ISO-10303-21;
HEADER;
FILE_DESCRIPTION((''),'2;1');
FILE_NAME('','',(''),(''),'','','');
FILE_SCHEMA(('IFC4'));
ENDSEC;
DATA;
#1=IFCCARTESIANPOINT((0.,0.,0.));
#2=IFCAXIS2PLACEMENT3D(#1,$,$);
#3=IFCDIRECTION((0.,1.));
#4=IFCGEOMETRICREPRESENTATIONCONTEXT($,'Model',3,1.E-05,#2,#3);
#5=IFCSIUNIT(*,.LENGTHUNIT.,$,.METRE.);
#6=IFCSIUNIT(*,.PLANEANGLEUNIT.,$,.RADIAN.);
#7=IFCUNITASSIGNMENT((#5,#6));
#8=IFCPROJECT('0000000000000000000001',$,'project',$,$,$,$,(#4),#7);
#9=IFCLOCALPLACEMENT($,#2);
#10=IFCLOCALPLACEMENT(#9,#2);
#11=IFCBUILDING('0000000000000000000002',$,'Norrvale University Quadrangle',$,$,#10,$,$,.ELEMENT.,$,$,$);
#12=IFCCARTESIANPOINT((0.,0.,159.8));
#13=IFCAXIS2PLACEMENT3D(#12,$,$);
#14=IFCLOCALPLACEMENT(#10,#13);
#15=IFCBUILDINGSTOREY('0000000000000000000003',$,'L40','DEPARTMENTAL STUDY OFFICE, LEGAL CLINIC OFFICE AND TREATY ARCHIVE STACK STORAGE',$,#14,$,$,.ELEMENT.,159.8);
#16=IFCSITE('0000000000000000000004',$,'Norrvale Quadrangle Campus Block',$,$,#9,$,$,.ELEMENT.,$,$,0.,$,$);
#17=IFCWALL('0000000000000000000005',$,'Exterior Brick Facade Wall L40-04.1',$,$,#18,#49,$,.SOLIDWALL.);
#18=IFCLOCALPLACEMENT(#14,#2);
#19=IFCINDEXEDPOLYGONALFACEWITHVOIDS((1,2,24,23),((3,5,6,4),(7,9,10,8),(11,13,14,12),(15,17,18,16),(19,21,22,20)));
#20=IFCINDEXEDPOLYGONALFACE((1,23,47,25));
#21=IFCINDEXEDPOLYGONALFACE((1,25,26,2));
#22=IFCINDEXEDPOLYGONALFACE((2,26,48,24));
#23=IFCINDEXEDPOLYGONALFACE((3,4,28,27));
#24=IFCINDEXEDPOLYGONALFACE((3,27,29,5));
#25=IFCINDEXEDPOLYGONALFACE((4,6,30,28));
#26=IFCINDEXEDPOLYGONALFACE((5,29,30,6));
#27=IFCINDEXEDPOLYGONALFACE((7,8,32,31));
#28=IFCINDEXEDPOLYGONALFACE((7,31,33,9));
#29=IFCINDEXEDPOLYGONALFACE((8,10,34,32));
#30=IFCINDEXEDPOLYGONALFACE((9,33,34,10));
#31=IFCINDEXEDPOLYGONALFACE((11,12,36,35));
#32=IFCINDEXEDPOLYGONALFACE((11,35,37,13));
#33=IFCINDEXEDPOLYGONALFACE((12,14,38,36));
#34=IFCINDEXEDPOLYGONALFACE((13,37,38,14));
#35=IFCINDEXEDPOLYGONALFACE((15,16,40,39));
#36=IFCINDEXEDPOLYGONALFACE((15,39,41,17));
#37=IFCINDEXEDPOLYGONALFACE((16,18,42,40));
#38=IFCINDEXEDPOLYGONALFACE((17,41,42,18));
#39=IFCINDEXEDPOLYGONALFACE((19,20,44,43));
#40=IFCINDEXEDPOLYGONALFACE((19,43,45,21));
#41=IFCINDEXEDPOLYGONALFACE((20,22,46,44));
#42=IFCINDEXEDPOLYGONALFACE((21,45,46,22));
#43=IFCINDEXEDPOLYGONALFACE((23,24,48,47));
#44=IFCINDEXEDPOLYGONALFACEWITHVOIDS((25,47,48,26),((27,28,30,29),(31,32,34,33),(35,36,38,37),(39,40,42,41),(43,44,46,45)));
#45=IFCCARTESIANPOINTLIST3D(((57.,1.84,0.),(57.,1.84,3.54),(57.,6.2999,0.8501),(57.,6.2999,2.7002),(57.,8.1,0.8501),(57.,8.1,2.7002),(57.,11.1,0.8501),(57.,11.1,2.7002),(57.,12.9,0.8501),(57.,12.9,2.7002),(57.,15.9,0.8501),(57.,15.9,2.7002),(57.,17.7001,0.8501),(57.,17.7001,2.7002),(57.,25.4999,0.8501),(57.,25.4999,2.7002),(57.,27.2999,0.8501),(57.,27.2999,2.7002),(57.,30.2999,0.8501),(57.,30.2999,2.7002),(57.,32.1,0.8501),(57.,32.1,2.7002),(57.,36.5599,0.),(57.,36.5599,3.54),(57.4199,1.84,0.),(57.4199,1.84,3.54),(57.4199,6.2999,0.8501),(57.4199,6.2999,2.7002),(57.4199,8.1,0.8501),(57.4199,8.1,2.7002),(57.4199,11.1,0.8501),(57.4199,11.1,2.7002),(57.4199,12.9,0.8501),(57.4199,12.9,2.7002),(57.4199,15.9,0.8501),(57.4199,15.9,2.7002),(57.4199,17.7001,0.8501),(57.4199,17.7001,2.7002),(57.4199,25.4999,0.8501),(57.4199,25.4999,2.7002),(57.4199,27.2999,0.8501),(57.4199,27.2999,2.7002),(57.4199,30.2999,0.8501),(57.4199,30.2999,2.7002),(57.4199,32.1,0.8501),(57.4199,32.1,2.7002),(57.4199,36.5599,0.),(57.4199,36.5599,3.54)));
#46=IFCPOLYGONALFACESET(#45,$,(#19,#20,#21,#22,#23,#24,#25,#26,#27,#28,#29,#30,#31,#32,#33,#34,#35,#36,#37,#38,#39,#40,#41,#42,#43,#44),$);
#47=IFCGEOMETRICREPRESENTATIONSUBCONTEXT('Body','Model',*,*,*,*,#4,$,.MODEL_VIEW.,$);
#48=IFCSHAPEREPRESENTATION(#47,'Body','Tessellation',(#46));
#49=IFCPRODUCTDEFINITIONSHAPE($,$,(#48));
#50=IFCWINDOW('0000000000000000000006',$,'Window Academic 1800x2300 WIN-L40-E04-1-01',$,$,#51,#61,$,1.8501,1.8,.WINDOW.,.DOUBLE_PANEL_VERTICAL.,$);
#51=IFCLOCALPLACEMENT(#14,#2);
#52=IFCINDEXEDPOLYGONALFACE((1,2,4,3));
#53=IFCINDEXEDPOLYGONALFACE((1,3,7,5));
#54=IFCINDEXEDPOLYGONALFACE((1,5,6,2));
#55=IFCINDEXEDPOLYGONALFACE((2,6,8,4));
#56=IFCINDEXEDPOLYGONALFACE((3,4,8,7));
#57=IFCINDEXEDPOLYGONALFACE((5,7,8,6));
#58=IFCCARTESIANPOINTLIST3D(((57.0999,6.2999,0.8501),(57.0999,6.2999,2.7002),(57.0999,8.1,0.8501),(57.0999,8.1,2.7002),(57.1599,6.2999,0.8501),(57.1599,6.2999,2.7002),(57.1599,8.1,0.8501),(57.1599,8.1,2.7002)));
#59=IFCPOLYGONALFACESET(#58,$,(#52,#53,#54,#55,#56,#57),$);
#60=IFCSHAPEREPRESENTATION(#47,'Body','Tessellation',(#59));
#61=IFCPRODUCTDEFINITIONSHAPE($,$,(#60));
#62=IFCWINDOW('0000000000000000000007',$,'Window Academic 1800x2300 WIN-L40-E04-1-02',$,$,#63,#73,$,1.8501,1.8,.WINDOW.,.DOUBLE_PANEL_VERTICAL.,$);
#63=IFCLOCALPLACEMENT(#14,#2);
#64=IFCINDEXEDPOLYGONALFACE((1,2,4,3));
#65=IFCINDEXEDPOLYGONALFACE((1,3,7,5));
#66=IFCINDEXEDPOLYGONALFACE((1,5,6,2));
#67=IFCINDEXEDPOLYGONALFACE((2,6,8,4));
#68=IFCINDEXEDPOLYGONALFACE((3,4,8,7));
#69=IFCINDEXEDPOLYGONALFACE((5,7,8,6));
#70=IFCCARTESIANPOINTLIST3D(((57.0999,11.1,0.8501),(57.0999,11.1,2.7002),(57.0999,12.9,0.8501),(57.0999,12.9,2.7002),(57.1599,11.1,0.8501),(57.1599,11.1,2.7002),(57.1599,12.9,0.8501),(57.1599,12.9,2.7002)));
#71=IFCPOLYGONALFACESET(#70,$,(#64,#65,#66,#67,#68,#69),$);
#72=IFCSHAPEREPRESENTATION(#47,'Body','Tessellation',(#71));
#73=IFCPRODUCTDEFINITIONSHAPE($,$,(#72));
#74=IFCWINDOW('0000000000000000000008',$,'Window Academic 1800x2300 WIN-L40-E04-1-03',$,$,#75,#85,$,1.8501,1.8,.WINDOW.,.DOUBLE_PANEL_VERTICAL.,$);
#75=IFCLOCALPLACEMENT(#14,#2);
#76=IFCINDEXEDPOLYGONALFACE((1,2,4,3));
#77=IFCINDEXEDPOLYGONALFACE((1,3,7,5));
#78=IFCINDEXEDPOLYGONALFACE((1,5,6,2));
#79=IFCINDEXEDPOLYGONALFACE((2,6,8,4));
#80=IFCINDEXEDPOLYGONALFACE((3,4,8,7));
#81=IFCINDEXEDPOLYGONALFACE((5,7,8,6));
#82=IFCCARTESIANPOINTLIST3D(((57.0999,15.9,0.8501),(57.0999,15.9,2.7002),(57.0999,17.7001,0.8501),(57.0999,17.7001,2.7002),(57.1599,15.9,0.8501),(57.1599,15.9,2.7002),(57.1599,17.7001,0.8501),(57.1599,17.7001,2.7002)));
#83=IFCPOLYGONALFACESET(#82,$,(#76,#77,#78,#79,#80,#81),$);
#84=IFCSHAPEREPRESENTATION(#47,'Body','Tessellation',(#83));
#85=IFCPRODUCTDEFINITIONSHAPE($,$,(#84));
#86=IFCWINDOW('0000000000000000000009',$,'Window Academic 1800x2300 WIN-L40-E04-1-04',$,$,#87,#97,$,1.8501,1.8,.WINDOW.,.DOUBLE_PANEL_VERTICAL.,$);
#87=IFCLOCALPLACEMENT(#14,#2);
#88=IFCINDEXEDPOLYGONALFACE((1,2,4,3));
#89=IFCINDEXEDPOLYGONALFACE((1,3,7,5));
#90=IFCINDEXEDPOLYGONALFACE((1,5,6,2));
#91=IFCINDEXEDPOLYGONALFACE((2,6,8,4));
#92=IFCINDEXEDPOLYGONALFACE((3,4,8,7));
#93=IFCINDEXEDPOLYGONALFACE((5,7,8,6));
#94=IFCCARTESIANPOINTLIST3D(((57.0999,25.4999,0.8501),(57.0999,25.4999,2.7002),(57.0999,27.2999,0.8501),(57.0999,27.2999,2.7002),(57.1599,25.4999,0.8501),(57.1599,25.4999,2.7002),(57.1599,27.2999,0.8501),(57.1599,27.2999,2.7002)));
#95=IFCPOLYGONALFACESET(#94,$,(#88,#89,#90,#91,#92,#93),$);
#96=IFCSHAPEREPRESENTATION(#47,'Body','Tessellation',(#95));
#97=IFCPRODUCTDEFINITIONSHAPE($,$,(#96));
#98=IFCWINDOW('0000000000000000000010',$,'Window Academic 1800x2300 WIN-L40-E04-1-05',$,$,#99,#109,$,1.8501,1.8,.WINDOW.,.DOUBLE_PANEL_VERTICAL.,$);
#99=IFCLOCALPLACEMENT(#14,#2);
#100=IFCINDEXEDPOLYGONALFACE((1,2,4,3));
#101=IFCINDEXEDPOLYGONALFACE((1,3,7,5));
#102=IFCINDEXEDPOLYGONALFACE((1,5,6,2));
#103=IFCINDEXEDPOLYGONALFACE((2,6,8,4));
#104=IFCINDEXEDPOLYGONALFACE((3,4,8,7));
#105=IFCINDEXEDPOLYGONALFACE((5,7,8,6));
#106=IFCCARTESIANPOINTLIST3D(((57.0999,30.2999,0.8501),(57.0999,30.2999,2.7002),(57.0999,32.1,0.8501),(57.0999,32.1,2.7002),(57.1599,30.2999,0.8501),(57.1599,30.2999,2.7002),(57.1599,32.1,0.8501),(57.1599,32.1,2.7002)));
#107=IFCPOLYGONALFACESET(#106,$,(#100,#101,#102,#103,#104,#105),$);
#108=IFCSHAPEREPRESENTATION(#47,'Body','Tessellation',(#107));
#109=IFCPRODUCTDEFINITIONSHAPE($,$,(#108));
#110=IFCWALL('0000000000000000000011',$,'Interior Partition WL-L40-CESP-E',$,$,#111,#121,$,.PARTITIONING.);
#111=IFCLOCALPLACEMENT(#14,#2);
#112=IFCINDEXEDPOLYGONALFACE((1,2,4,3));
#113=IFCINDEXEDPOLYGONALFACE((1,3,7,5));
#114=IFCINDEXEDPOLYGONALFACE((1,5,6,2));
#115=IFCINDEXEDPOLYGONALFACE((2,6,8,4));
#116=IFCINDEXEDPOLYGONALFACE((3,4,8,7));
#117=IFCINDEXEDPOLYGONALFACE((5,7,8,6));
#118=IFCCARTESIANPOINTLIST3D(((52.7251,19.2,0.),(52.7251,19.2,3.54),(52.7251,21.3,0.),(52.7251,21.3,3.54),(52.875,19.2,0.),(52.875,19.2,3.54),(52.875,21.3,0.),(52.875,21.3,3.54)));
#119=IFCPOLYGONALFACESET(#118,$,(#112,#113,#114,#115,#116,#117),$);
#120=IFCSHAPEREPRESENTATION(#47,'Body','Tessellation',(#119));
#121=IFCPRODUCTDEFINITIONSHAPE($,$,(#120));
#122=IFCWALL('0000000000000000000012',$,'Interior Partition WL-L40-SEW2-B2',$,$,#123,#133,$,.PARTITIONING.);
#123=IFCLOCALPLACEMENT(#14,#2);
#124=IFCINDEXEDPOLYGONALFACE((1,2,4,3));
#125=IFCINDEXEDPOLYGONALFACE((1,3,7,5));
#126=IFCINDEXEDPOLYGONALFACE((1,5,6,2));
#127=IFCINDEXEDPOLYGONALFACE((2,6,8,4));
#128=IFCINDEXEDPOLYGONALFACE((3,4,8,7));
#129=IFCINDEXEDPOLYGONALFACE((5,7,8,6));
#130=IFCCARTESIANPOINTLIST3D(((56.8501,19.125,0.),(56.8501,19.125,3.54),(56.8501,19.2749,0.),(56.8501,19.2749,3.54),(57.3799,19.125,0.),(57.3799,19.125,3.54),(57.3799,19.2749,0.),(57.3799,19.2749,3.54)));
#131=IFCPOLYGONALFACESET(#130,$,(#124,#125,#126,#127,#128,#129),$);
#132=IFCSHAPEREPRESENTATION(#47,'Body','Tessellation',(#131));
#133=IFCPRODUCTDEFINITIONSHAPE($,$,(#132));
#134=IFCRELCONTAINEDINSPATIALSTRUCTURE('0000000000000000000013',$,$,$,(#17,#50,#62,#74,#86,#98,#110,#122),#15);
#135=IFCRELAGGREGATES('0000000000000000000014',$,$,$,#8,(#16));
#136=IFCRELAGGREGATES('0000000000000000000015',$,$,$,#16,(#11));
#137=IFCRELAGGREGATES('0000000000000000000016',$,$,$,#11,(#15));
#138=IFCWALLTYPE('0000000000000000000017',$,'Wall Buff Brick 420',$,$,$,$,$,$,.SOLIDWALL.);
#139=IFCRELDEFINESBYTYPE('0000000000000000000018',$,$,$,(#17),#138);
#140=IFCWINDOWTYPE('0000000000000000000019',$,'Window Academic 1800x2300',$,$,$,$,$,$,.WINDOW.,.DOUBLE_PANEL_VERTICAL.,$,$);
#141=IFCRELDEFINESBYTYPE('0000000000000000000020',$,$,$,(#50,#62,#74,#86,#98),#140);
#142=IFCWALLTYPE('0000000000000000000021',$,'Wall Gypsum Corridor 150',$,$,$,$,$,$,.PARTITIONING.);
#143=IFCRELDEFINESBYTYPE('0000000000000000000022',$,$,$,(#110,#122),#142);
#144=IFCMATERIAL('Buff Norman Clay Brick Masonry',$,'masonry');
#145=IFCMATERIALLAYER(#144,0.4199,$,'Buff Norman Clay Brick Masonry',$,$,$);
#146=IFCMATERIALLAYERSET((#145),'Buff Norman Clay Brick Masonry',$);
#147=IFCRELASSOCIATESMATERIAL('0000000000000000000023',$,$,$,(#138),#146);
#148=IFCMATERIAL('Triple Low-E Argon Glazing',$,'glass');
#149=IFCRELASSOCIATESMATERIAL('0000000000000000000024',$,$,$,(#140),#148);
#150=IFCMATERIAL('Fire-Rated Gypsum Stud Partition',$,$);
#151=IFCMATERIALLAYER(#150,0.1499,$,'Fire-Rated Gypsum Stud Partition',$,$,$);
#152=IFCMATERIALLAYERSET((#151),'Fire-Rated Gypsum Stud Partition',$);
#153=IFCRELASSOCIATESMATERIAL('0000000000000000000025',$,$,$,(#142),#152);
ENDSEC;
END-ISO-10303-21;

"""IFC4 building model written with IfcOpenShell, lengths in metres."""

from ifc_helpers import new_model, si_unit, direction, frame, frame_2d, origin, place, context, subcontext, project, spatial, rectangle, extrude, material, layer, layer_set, type_object, element, fill, save


model = new_model("IFC4")

# Units and contexts
model_context = context("Model", 3, precision=1e-05, world=origin(), true_north=direction((0.0, 1.0)))
body_context = subcontext(model_context, "Body", "Model", "MODEL_VIEW")
ifc_project = project(units=[si_unit("LENGTHUNIT", "METRE"), si_unit("PLANEANGLEUNIT", "RADIAN")], contexts=[model_context])

# Site, building, storey
site_placement = place(None, origin())
site = spatial("IfcSite", under=ifc_project, at=site_placement, Name="Norrvale Quadrangle Campus Block", CompositionType="ELEMENT", RefElevation=0.0)
building_placement = place(site_placement, origin())
building = spatial("IfcBuilding", under=site, at=building_placement, Name="Norrvale University Quadrangle", CompositionType="ELEMENT")
storey_placement = place(building_placement, frame((0.0, 0.0, 159.8)))
storey = spatial("IfcBuildingStorey", under=building, at=storey_placement, Name="L40", Description="DEPARTMENTAL STUDY OFFICE, LEGAL CLINIC OFFICE AND TREATY ARCHIVE STACK STORAGE", CompositionType="ELEMENT", Elevation=159.8)

# Shared definitions
ifc_material_1 = material(Name="Buff Norman Clay Brick Masonry", Category="masonry")
ifc_layer_1 = layer(ifc_material_1, 0.4199, Name="Buff Norman Clay Brick Masonry")
ifc_layer_set_1 = layer_set([ifc_layer_1], Name="Buff Norman Clay Brick Masonry")
wall_type_1 = type_object("IfcWallType", Name="Wall Buff Brick 420", PredefinedType="SOLIDWALL", material=ifc_layer_set_1)

# Wall, openings, windows
wall_1_placement = place(storey_placement, frame((57.21, 1.8401, 0.0), z_axis=(0.0, 0.0, 1.0), x_axis=(0.0, 1.0, 0.0)))
wall_1 = element("IfcWall", 1, at=wall_1_placement, inside=storey, type_object=wall_type_1, Name="Exterior Brick Facade Wall L40-04.1", PredefinedType="SOLIDWALL", context=body_context, shape_type="SweptSolid", body=[
    extrude(rectangle(XDim=34.72, YDim=0.4199, at=frame_2d((17.3599, 0.0))), origin(), (0.0, 0.0, 1.0), 3.54),
])
opening_1_placement = place(wall_1_placement, frame((4.46, 0.0, 0.8501)))
opening_1 = element("IfcOpeningElement", 2, at=opening_1_placement, cuts=wall_1, PredefinedType="OPENING", context=body_context, shape_type="SweptSolid", body=[
    extrude(rectangle(XDim=1.8, YDim=1.8501, at=frame_2d((0.8999, 0.925))), frame((0.0, 0.2219, 0.0), z_axis=(0.0, -1.0, 0.0), x_axis=(1.0, 0.0, 0.0)), (0.0, 0.0, 1.0), 0.4438),
])
opening_2_placement = place(wall_1_placement, frame((9.26, 0.0, 0.8501)))
opening_2 = element("IfcOpeningElement", 3, at=opening_2_placement, cuts=wall_1, PredefinedType="OPENING", context=body_context, shape_type="SweptSolid", body=[
    extrude(rectangle(XDim=1.8, YDim=1.8501, at=frame_2d((0.8999, 0.925))), frame((0.0, 0.2219, 0.0), z_axis=(0.0, -1.0, 0.0), x_axis=(1.0, 0.0, 0.0)), (0.0, 0.0, 1.0), 0.4438),
])
opening_3_placement = place(wall_1_placement, frame((14.0601, 0.0, 0.8501)))
opening_3 = element("IfcOpeningElement", 4, at=opening_3_placement, cuts=wall_1, PredefinedType="OPENING", context=body_context, shape_type="SweptSolid", body=[
    extrude(rectangle(XDim=1.8, YDim=1.8501, at=frame_2d((0.8999, 0.925))), frame((0.0, 0.2219, 0.0), z_axis=(0.0, -1.0, 0.0), x_axis=(1.0, 0.0, 0.0)), (0.0, 0.0, 1.0), 0.4438),
])
opening_4_placement = place(wall_1_placement, frame((23.6599, 0.0, 0.8501)))
opening_4 = element("IfcOpeningElement", 5, at=opening_4_placement, cuts=wall_1, PredefinedType="OPENING", context=body_context, shape_type="SweptSolid", body=[
    extrude(rectangle(XDim=1.8, YDim=1.8501, at=frame_2d((0.8999, 0.925))), frame((0.0, 0.2219, 0.0), z_axis=(0.0, -1.0, 0.0), x_axis=(1.0, 0.0, 0.0)), (0.0, 0.0, 1.0), 0.4438),
])
opening_5_placement = place(wall_1_placement, frame((28.46, 0.0, 0.8501)))
opening_5 = element("IfcOpeningElement", 6, at=opening_5_placement, cuts=wall_1, PredefinedType="OPENING", context=body_context, shape_type="SweptSolid", body=[
    extrude(rectangle(XDim=1.8, YDim=1.8501, at=frame_2d((0.8999, 0.925))), frame((0.0, 0.2219, 0.0), z_axis=(0.0, -1.0, 0.0), x_axis=(1.0, 0.0, 0.0)), (0.0, 0.0, 1.0), 0.4438),
])
ifc_material_2 = material(Name="Triple Low-E Argon Glazing", Category="glass")
window_type = type_object("IfcWindowType", Name="Window Academic 1800x2300", PartitioningType="DOUBLE_PANEL_VERTICAL", PredefinedType="WINDOW", material=ifc_material_2)
window_1_placement = place(opening_1_placement, origin())
window_1 = element("IfcWindow", 7, at=window_1_placement, inside=storey, type_object=window_type, Name="Window Academic 1800x2300 WIN-L40-E04-1-01", OverallHeight=1.8501, OverallWidth=1.8, PartitioningType="DOUBLE_PANEL_VERTICAL", PredefinedType="WINDOW", context=body_context, shape_type="SweptSolid", body=[
    extrude(rectangle(XDim=1.8, YDim=1.8501, at=frame_2d((0.8999, 0.925))), frame((0.0, 0.1101, 0.0), z_axis=(0.0, -1.0, 0.0), x_axis=(1.0, 0.0, 0.0)), (0.0, 0.0, 1.0), 0.0601),
])
fill(opening_1, window_1)
window_2_placement = place(opening_2_placement, origin())
window_2 = element("IfcWindow", 8, at=window_2_placement, inside=storey, type_object=window_type, Name="Window Academic 1800x2300 WIN-L40-E04-1-02", OverallHeight=1.8501, OverallWidth=1.8, PartitioningType="DOUBLE_PANEL_VERTICAL", PredefinedType="WINDOW", context=body_context, shape_type="SweptSolid", body=[
    extrude(rectangle(XDim=1.8, YDim=1.8501, at=frame_2d((0.8999, 0.925))), frame((0.0, 0.1101, 0.0), z_axis=(0.0, -1.0, 0.0), x_axis=(1.0, 0.0, 0.0)), (0.0, 0.0, 1.0), 0.0601),
])
fill(opening_2, window_2)
window_3_placement = place(opening_3_placement, origin())
window_3 = element("IfcWindow", 9, at=window_3_placement, inside=storey, type_object=window_type, Name="Window Academic 1800x2300 WIN-L40-E04-1-03", OverallHeight=1.8501, OverallWidth=1.8, PartitioningType="DOUBLE_PANEL_VERTICAL", PredefinedType="WINDOW", context=body_context, shape_type="SweptSolid", body=[
    extrude(rectangle(XDim=1.8, YDim=1.8501, at=frame_2d((0.8999, 0.925))), frame((0.0, 0.1101, 0.0), z_axis=(0.0, -1.0, 0.0), x_axis=(1.0, 0.0, 0.0)), (0.0, 0.0, 1.0), 0.0601),
])
fill(opening_3, window_3)
window_4_placement = place(opening_4_placement, origin())
window_4 = element("IfcWindow", 10, at=window_4_placement, inside=storey, type_object=window_type, Name="Window Academic 1800x2300 WIN-L40-E04-1-04", OverallHeight=1.8501, OverallWidth=1.8, PartitioningType="DOUBLE_PANEL_VERTICAL", PredefinedType="WINDOW", context=body_context, shape_type="SweptSolid", body=[
    extrude(rectangle(XDim=1.8, YDim=1.8501, at=frame_2d((0.8999, 0.925))), frame((0.0, 0.1101, 0.0), z_axis=(0.0, -1.0, 0.0), x_axis=(1.0, 0.0, 0.0)), (0.0, 0.0, 1.0), 0.0601),
])
fill(opening_4, window_4)
window_5_placement = place(opening_5_placement, origin())
window_5 = element("IfcWindow", 11, at=window_5_placement, inside=storey, type_object=window_type, Name="Window Academic 1800x2300 WIN-L40-E04-1-05", OverallHeight=1.8501, OverallWidth=1.8, PartitioningType="DOUBLE_PANEL_VERTICAL", PredefinedType="WINDOW", context=body_context, shape_type="SweptSolid", body=[
    extrude(rectangle(XDim=1.8, YDim=1.8501, at=frame_2d((0.8999, 0.925))), frame((0.0, 0.1101, 0.0), z_axis=(0.0, -1.0, 0.0), x_axis=(1.0, 0.0, 0.0)), (0.0, 0.0, 1.0), 0.0601),
])
fill(opening_5, window_5)

# Walls
ifc_material_3 = material(Name="Fire-Rated Gypsum Stud Partition")
ifc_layer_2 = layer(ifc_material_3, 0.1499, Name="Fire-Rated Gypsum Stud Partition")
ifc_layer_set_2 = layer_set([ifc_layer_2], Name="Fire-Rated Gypsum Stud Partition")
wall_type_2 = type_object("IfcWallType", Name="Wall Gypsum Corridor 150", PredefinedType="PARTITIONING", material=ifc_layer_set_2)
wall_2_placement = place(storey_placement, frame((52.8, 19.2, 0.0), z_axis=(0.0, 0.0, 1.0), x_axis=(0.0, 1.0, 0.0)))
element("IfcWall", 12, at=wall_2_placement, inside=storey, type_object=wall_type_2, Name="Interior Partition WL-L40-CESP-E", PredefinedType="PARTITIONING", context=body_context, shape_type="SweptSolid", body=[
    extrude(rectangle(XDim=2.1001, YDim=0.1499, at=frame_2d((1.05, 0.0))), origin(), (0.0, 0.0, 1.0), 3.54),
])
wall_3_placement = place(storey_placement, frame((56.8501, 19.2, 0.0), z_axis=(0.0, 0.0, 1.0), x_axis=(1.0, 0.0, 0.0)))
element("IfcWall", 13, at=wall_3_placement, inside=storey, type_object=wall_type_2, Name="Interior Partition WL-L40-SEW2-B2", PredefinedType="PARTITIONING", context=body_context, shape_type="SweptSolid", body=[
    extrude(rectangle(XDim=0.5298, YDim=0.1499, at=frame_2d((0.2649, 0.0))), origin(), (0.0, 0.0, 1.0), 3.54),
])

save(model, "model.ifc")
